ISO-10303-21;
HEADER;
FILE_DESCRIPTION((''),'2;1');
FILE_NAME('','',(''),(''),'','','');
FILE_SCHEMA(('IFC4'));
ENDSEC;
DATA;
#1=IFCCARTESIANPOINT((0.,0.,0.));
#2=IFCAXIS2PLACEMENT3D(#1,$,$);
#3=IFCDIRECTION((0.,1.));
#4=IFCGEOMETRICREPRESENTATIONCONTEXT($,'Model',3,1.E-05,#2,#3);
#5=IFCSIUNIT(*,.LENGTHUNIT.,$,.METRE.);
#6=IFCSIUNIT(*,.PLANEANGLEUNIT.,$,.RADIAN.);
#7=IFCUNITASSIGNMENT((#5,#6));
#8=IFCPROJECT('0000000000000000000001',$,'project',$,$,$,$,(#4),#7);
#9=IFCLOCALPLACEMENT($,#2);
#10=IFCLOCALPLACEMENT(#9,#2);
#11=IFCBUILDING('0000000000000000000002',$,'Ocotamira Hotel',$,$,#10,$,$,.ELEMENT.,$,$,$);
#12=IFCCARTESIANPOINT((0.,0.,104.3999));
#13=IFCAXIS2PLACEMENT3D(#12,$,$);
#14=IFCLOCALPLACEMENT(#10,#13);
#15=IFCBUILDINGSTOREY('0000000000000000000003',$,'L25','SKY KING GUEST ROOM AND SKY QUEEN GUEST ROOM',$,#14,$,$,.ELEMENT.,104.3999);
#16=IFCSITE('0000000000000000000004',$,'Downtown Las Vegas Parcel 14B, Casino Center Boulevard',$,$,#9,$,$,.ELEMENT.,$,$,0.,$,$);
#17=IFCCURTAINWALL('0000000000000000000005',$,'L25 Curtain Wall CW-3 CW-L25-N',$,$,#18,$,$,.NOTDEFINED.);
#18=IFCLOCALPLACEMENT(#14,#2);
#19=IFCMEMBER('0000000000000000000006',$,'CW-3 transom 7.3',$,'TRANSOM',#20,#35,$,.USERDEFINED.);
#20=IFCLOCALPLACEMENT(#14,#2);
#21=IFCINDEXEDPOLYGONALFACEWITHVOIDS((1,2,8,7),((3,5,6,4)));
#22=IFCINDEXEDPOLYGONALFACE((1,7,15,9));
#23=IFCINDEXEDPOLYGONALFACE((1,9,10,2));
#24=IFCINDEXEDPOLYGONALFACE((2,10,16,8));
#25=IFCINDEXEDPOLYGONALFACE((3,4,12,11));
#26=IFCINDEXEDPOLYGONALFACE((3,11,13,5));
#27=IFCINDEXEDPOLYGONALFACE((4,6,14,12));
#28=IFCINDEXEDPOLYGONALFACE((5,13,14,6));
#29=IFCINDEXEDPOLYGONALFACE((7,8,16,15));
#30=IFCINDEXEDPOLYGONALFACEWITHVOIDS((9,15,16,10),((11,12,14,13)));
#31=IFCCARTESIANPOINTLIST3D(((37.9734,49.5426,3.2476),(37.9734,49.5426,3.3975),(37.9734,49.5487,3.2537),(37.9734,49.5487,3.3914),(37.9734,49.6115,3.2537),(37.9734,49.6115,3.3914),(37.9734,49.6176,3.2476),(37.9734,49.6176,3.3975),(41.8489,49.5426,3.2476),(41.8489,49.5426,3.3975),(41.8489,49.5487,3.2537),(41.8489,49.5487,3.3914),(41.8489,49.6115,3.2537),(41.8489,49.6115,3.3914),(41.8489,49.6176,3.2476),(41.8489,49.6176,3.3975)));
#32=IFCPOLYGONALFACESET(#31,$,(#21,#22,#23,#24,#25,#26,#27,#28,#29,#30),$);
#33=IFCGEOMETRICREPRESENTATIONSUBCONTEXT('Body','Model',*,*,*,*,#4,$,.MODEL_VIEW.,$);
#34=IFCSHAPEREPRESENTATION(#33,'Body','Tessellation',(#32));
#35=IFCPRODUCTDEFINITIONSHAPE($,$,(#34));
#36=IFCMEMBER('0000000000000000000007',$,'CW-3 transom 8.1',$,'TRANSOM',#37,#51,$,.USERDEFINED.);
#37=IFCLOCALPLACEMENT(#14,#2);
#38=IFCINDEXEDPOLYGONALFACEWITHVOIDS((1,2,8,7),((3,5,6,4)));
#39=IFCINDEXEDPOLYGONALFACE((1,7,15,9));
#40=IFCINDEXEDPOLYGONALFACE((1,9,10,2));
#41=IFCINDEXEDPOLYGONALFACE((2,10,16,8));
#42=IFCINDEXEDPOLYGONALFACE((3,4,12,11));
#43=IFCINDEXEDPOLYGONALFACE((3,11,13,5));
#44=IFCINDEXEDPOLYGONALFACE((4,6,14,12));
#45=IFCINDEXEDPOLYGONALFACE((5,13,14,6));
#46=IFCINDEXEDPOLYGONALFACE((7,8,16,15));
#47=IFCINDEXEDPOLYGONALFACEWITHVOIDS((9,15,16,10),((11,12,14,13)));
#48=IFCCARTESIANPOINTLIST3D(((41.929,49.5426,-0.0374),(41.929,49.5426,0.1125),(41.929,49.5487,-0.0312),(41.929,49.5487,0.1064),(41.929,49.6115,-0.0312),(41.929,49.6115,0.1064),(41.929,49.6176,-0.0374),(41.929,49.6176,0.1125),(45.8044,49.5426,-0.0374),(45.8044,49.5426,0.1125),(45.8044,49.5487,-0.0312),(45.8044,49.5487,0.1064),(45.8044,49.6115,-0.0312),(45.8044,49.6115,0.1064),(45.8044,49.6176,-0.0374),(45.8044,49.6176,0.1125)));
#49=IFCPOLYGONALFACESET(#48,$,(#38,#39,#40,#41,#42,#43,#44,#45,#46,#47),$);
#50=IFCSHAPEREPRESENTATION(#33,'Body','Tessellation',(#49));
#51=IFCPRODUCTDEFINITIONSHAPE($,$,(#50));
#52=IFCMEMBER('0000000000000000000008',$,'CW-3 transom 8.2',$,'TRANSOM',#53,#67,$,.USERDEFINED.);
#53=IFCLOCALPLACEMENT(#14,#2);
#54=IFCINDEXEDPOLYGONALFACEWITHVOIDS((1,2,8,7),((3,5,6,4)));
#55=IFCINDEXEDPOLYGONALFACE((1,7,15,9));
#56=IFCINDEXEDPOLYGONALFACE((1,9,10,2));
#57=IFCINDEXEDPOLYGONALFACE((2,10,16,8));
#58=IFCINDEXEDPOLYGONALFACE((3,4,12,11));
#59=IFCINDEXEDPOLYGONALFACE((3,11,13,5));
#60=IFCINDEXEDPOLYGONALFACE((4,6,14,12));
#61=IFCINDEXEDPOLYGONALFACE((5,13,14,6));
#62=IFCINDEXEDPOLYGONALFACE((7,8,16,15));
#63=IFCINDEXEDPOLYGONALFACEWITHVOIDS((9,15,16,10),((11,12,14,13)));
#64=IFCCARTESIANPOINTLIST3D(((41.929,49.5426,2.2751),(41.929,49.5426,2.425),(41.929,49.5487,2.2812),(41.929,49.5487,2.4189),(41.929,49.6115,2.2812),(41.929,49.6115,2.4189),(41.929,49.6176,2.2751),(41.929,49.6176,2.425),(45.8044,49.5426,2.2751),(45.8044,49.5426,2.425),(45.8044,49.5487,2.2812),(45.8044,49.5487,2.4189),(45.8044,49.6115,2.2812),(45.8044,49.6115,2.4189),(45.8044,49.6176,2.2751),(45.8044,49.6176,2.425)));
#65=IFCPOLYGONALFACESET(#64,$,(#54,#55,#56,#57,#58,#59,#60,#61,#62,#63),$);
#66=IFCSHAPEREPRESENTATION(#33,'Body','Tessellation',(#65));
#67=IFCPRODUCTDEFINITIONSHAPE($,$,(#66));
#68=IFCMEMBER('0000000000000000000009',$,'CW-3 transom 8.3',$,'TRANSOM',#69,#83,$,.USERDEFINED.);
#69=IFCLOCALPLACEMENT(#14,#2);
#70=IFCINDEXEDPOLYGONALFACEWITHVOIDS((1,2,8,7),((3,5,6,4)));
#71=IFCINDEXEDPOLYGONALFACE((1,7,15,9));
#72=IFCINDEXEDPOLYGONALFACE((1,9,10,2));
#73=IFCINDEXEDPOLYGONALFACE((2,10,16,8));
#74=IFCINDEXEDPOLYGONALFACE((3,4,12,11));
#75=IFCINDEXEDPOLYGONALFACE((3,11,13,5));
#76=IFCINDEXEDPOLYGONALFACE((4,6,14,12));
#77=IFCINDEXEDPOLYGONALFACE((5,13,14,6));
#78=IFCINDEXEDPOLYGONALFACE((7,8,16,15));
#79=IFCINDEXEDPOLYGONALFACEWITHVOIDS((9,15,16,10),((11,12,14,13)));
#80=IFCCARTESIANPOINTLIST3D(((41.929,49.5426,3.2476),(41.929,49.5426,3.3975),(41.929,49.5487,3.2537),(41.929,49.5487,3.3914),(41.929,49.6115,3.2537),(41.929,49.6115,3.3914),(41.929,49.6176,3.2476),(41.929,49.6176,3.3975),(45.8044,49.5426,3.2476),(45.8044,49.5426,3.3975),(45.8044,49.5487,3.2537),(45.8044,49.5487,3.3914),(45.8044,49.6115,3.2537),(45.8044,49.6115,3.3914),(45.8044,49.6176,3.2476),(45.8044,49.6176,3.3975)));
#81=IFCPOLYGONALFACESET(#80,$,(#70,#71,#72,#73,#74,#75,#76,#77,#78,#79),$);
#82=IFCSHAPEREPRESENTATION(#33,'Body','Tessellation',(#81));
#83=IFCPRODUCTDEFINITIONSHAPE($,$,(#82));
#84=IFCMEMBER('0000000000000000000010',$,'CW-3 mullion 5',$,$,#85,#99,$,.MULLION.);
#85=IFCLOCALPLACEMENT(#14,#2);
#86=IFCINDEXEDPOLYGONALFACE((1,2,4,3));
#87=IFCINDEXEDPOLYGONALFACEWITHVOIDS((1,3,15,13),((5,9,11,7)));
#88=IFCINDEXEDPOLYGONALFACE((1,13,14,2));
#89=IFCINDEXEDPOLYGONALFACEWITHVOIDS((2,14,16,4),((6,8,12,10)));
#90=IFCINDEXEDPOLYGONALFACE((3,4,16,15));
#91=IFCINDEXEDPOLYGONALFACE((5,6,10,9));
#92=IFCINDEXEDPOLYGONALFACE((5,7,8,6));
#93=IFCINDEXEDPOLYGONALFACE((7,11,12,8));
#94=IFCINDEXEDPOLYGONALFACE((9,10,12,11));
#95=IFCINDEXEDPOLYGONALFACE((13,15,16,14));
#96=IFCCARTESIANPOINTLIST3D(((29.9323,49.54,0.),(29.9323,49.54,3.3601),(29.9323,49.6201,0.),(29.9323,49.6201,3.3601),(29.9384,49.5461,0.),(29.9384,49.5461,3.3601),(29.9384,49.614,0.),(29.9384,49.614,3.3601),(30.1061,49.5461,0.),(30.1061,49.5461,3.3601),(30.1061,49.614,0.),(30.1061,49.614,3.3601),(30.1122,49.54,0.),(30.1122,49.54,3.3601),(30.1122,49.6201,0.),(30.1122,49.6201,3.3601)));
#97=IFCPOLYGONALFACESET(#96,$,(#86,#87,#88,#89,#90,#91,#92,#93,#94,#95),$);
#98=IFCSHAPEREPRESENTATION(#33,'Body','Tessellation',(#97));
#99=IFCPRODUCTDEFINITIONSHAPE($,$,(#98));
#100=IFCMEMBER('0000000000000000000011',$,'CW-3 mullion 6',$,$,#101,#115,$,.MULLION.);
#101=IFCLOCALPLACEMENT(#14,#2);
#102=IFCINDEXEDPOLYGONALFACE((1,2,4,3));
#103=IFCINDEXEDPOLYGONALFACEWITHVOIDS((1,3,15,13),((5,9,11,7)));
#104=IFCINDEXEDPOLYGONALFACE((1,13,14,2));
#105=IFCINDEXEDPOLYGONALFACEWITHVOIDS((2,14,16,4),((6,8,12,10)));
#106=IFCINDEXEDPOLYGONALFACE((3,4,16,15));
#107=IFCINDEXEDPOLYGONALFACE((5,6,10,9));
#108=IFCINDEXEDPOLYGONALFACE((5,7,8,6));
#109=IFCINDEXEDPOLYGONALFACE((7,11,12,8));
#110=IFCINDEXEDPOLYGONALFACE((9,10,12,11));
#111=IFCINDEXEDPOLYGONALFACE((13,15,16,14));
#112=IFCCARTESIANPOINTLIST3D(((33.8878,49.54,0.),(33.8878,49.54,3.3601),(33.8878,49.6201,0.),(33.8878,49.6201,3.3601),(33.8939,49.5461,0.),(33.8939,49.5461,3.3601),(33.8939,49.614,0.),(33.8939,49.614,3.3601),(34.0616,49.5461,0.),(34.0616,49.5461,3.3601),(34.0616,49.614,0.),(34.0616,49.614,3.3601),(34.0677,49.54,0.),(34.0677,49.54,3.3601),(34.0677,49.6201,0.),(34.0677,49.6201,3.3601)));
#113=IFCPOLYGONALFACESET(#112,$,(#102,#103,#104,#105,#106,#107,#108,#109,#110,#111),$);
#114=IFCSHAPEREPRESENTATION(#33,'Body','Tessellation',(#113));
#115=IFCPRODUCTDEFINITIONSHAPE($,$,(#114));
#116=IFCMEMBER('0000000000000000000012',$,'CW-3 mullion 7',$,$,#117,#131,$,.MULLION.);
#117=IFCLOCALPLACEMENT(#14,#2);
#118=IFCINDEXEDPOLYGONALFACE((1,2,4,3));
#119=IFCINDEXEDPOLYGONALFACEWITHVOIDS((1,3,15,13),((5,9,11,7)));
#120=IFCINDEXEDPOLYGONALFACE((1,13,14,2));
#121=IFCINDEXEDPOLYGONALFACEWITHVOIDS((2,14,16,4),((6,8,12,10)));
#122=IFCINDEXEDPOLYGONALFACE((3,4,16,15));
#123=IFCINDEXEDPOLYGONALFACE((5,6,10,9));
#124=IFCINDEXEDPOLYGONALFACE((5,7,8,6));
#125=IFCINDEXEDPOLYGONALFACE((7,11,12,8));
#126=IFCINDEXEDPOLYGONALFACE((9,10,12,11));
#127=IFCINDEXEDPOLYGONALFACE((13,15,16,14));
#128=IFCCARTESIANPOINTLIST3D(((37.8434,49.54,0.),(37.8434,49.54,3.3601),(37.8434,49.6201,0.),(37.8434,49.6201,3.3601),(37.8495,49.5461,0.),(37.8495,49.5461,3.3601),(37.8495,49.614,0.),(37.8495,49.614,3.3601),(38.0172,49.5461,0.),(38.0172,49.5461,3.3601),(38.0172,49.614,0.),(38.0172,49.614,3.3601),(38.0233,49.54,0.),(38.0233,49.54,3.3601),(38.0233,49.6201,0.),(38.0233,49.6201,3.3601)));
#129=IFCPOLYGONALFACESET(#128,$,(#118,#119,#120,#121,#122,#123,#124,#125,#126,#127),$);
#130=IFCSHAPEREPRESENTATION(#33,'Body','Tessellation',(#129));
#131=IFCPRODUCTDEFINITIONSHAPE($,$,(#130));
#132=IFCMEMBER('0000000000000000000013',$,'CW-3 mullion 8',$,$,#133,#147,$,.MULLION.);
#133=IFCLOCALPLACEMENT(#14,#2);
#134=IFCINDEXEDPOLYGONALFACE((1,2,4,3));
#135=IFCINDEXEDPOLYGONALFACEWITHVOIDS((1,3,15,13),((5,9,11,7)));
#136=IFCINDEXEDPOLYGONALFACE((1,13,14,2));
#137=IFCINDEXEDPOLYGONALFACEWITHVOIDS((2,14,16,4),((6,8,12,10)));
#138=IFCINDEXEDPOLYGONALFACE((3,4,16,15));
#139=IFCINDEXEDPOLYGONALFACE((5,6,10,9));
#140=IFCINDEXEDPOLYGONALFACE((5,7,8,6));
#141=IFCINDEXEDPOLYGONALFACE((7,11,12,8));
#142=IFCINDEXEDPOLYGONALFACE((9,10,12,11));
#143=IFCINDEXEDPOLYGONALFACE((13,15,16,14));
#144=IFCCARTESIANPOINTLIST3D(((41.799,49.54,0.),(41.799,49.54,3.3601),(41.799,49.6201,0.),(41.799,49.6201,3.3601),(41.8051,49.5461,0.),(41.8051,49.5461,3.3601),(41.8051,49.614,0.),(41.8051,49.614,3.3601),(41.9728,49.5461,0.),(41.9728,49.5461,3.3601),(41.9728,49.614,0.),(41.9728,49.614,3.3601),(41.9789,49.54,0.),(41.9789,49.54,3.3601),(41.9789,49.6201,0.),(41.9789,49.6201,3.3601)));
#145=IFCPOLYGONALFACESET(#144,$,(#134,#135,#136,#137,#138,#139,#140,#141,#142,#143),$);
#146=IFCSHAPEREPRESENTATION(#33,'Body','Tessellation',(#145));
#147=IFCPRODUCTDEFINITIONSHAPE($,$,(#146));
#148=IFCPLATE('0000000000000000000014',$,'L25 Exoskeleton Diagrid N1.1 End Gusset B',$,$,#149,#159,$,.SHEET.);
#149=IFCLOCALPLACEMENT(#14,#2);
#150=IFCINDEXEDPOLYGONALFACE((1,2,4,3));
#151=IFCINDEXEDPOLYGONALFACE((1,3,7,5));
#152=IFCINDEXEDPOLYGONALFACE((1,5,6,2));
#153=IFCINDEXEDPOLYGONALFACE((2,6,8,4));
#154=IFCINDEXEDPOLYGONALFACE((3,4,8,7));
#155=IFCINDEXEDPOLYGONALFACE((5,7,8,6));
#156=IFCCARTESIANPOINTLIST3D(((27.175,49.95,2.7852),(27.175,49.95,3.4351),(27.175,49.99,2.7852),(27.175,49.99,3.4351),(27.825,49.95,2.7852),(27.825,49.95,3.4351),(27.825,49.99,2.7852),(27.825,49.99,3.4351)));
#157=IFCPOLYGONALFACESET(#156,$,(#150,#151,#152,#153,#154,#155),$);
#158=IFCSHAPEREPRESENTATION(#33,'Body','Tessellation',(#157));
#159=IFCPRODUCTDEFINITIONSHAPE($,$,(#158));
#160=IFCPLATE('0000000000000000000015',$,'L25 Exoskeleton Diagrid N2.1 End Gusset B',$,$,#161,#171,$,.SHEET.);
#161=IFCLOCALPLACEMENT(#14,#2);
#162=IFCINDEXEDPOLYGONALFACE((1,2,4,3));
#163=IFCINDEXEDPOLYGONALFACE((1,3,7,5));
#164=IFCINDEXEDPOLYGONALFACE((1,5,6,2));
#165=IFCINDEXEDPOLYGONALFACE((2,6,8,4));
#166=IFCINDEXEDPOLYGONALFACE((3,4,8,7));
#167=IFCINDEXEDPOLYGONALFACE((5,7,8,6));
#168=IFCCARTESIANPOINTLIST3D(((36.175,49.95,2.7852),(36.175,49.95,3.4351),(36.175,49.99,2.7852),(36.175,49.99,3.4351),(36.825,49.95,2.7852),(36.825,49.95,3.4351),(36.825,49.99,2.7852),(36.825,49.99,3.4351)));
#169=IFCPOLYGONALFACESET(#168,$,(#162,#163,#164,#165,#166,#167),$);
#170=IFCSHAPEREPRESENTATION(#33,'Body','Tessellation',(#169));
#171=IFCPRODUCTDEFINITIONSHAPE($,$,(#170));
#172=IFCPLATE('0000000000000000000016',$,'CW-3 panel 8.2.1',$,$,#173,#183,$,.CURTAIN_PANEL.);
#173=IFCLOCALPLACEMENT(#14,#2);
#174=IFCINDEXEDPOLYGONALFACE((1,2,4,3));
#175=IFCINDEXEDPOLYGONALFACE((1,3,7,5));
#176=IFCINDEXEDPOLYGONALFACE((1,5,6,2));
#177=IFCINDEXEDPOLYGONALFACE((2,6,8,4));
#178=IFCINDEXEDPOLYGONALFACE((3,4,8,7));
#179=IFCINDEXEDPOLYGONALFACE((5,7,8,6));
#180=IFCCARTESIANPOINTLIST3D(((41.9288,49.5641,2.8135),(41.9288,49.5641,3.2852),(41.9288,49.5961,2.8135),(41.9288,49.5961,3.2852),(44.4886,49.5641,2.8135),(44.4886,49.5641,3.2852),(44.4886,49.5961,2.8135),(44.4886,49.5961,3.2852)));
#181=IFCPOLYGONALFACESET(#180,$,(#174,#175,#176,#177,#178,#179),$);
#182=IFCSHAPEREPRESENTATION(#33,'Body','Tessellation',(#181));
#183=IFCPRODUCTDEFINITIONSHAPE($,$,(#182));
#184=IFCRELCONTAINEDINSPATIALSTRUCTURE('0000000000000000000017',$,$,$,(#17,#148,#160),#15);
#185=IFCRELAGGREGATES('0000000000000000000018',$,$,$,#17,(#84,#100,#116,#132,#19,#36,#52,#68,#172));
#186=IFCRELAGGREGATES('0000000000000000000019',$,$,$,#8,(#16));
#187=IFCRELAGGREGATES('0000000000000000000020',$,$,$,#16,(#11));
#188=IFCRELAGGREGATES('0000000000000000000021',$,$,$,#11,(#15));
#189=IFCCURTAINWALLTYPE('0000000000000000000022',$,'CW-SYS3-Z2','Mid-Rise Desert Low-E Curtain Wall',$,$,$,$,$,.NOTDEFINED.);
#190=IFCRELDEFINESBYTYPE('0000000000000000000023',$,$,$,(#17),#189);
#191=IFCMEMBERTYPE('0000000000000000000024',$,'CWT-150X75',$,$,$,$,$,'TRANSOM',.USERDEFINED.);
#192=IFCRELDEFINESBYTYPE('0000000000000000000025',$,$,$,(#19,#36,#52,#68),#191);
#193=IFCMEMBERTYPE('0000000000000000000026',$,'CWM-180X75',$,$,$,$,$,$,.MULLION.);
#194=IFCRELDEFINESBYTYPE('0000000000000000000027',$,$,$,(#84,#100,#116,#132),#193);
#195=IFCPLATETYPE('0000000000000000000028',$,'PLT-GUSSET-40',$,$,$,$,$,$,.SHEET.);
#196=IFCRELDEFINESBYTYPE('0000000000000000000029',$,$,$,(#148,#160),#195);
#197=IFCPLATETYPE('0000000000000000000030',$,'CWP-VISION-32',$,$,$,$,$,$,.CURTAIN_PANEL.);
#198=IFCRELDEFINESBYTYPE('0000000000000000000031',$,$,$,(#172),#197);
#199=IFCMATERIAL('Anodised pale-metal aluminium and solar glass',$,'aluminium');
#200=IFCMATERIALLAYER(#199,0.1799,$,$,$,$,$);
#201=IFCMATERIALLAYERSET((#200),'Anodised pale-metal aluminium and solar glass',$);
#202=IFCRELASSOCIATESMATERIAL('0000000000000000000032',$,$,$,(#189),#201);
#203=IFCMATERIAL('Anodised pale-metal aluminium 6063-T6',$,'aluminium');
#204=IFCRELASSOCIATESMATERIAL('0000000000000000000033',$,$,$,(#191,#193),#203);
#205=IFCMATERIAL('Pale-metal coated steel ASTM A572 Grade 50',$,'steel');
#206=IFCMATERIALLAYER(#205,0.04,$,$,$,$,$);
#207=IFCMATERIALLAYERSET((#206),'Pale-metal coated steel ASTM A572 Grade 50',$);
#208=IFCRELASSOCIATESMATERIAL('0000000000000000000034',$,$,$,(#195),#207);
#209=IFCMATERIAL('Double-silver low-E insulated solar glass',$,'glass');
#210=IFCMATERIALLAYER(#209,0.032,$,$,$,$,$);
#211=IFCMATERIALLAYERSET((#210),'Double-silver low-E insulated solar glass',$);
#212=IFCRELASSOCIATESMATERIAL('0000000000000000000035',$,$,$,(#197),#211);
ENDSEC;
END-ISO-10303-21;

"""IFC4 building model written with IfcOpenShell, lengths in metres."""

from ifc_helpers import new_model, si_unit, direction, frame, origin, origin_2d, place, context, subcontext, project, spatial, rectangle, hollow_rectangle, extrude, source, transform, mapped, material, layer, layer_set, material_profile, profile_set, type_object, element, aggregate, save


model = new_model("IFC4")

# Units and contexts
model_context = context("Model", 3, precision=1e-05, world=origin(), true_north=direction((0.0, 1.0)))
body_context = subcontext(model_context, "Body", "Model", "MODEL_VIEW")
ifc_project = project(units=[si_unit("LENGTHUNIT", "METRE"), si_unit("PLANEANGLEUNIT", "RADIAN")], contexts=[model_context])

# Site, building, storey
site_placement = place(None, origin())
site = spatial("IfcSite", under=ifc_project, at=site_placement, Name="Downtown Las Vegas Parcel 14B, Casino Center Boulevard", CompositionType="ELEMENT", RefElevation=0.0)
building_placement = place(site_placement, origin())
building = spatial("IfcBuilding", under=site, at=building_placement, Name="Ocotamira Hotel", CompositionType="ELEMENT")
storey_placement = place(building_placement, frame((0.0, 0.0, 104.3999)))
storey = spatial("IfcBuildingStorey", under=building, at=storey_placement, Name="L25", Description="SKY KING GUEST ROOM AND SKY QUEEN GUEST ROOM", CompositionType="ELEMENT", Elevation=104.3999)

# Curtain wall, members
ifc_material_1 = material(Name="Anodised pale-metal aluminium and solar glass", Category="aluminium")
ifc_layer_1 = layer(ifc_material_1, 0.1799)
ifc_layer_set_1 = layer_set([ifc_layer_1], Name="Anodised pale-metal aluminium and solar glass")
curtain_wall_type = type_object("IfcCurtainWallType", Name="CW-SYS3-Z2", Description="Mid-Rise Desert Low-E Curtain Wall", PredefinedType="NOTDEFINED", material=ifc_layer_set_1)
curtain_wall_placement = place(storey_placement, origin())
curtain_wall = element("IfcCurtainWall", 1, at=curtain_wall_placement, inside=storey, type_object=curtain_wall_type, Name="L25 Curtain Wall CW-3 CW-L25-N", PredefinedType="NOTDEFINED")
ifc_material_2 = material(Name="Anodised pale-metal aluminium 6063-T6", Category="aluminium")
ifc_material_profile_1 = material_profile(ifc_material_2, hollow_rectangle(XDim=0.075, YDim=0.1499, WallThickness=0.0061, at=origin_2d()), Name="HSS150X75X6")
ifc_profile_set_1 = profile_set([ifc_material_profile_1], Name="Anodised pale-metal aluminium 6063-T6")
member_type_1 = type_object("IfcMemberType", Name="CWT-150X75", ElementType="TRANSOM", PredefinedType="USERDEFINED", material=ifc_profile_set_1)
shared_shape_1 = source(origin(), body_context, "Body", "SweptSolid", [
    extrude(hollow_rectangle(XDim=0.075, YDim=0.1499, WallThickness=0.0061, at=origin_2d()), origin(), (0.0, 0.0, 1.0), 3.8755),
])
member_1_placement = place(storey_placement, frame((37.9734, 49.5801, 3.3225), z_axis=(1.0, 0.0, 0.0), x_axis=(0.0, 1.0, 0.0)))
member_1 = element("IfcMember", 2, at=member_1_placement, type_object=member_type_1, Name="CW-3 transom 7.3", ObjectType="TRANSOM", PredefinedType="USERDEFINED", context=body_context, shape_type="MappedRepresentation", body=[
    mapped(shared_shape_1, transform((0.0, 0.0, 0.0), scale=1.0)),
])
member_2_placement = place(storey_placement, frame((41.929, 49.5801, 0.0376), z_axis=(1.0, 0.0, 0.0), x_axis=(0.0, 1.0, 0.0)))
member_2 = element("IfcMember", 3, at=member_2_placement, type_object=member_type_1, Name="CW-3 transom 8.1", ObjectType="TRANSOM", PredefinedType="USERDEFINED", context=body_context, shape_type="MappedRepresentation", body=[
    mapped(shared_shape_1, transform((0.0, 0.0, 0.0), scale=1.0)),
])
member_3_placement = place(storey_placement, frame((41.929, 49.5801, 2.3501), z_axis=(1.0, 0.0, 0.0), x_axis=(0.0, 1.0, 0.0)))
member_3 = element("IfcMember", 4, at=member_3_placement, type_object=member_type_1, Name="CW-3 transom 8.2", ObjectType="TRANSOM", PredefinedType="USERDEFINED", context=body_context, shape_type="MappedRepresentation", body=[
    mapped(shared_shape_1, transform((0.0, 0.0, 0.0), scale=1.0)),
])
member_4_placement = place(storey_placement, frame((41.929, 49.5801, 3.3225), z_axis=(1.0, 0.0, 0.0), x_axis=(0.0, 1.0, 0.0)))
member_4 = element("IfcMember", 5, at=member_4_placement, type_object=member_type_1, Name="CW-3 transom 8.3", ObjectType="TRANSOM", PredefinedType="USERDEFINED", context=body_context, shape_type="MappedRepresentation", body=[
    mapped(shared_shape_1, transform((0.0, 0.0, 0.0), scale=1.0)),
])
ifc_material_profile_2 = material_profile(ifc_material_2, hollow_rectangle(XDim=0.0801, YDim=0.1799, WallThickness=0.0061, at=origin_2d()), Name="HSS180X80X6")
ifc_profile_set_2 = profile_set([ifc_material_profile_2], Name="Anodised pale-metal aluminium 6063-T6")
member_type_2 = type_object("IfcMemberType", Name="CWM-180X75", PredefinedType="MULLION", material=ifc_profile_set_2)
shared_shape_2 = source(origin(), body_context, "Body", "SweptSolid", [
    extrude(hollow_rectangle(XDim=0.0801, YDim=0.1799, WallThickness=0.0061, at=origin_2d()), origin(), (0.0, 0.0, 1.0), 3.3601),
])
member_5_placement = place(storey_placement, frame((30.0222, 49.5801, 0.0), z_axis=(0.0, 0.0, 1.0), x_axis=(0.0, 1.0, 0.0)))
member_5 = element("IfcMember", 6, at=member_5_placement, type_object=member_type_2, Name="CW-3 mullion 5", PredefinedType="MULLION", context=body_context, shape_type="MappedRepresentation", body=[
    mapped(shared_shape_2, transform((0.0, 0.0, 0.0), scale=1.0)),
])
member_6_placement = place(storey_placement, frame((33.9778, 49.5801, 0.0), z_axis=(0.0, 0.0, 1.0), x_axis=(0.0, 1.0, 0.0)))
member_6 = element("IfcMember", 7, at=member_6_placement, type_object=member_type_2, Name="CW-3 mullion 6", PredefinedType="MULLION", context=body_context, shape_type="MappedRepresentation", body=[
    mapped(shared_shape_2, transform((0.0, 0.0, 0.0), scale=1.0)),
])
member_7_placement = place(storey_placement, frame((37.9333, 49.5801, 0.0), z_axis=(0.0, 0.0, 1.0), x_axis=(0.0, 1.0, 0.0)))
member_7 = element("IfcMember", 8, at=member_7_placement, type_object=member_type_2, Name="CW-3 mullion 7", PredefinedType="MULLION", context=body_context, shape_type="MappedRepresentation", body=[
    mapped(shared_shape_2, transform((0.0, 0.0, 0.0), scale=1.0)),
])
member_8_placement = place(storey_placement, frame((41.8889, 49.5801, 0.0), z_axis=(0.0, 0.0, 1.0), x_axis=(0.0, 1.0, 0.0)))
member_8 = element("IfcMember", 9, at=member_8_placement, type_object=member_type_2, Name="CW-3 mullion 8", PredefinedType="MULLION", context=body_context, shape_type="MappedRepresentation", body=[
    mapped(shared_shape_2, transform((0.0, 0.0, 0.0), scale=1.0)),
])

# Plates
ifc_material_3 = material(Name="Pale-metal coated steel ASTM A572 Grade 50", Category="steel")
ifc_layer_2 = layer(ifc_material_3, 0.04)
ifc_layer_set_2 = layer_set([ifc_layer_2], Name="Pale-metal coated steel ASTM A572 Grade 50")
plate_type_1 = type_object("IfcPlateType", Name="PLT-GUSSET-40", PredefinedType="SHEET", material=ifc_layer_set_2)
shared_shape_3 = source(origin(), body_context, "Body", "SweptSolid", [
    extrude(rectangle(XDim=0.6499, YDim=0.04, at=origin_2d()), origin(), (0.0, 0.0, 1.0), 0.6499),
])
for number, where, z_axis, x_axis, name in (
    (10, (27.5, 49.97, 2.7852), (0.0, 0.0, 1.0), (1.0, 0.0, 0.0), "L25 Exoskeleton Diagrid N1.1 End Gusset B"),
    (11, (36.5, 49.97, 2.7852), (0.0, 0.0, 1.0), (1.0, 0.0, 0.0), "L25 Exoskeleton Diagrid N2.1 End Gusset B"),
):
    element("IfcPlate", number, at=place(storey_placement, frame(where, z_axis=z_axis, x_axis=x_axis)), inside=storey, type_object=plate_type_1, Name=name, PredefinedType="SHEET", context=body_context, shape_type="MappedRepresentation", body=[
        mapped(shared_shape_3, transform((0.0, 0.0, 0.0), scale=1.0)),
    ])

# Plate
ifc_material_4 = material(Name="Double-silver low-E insulated solar glass", Category="glass")
ifc_layer_3 = layer(ifc_material_4, 0.032)
ifc_layer_set_3 = layer_set([ifc_layer_3], Name="Double-silver low-E insulated solar glass")
plate_type_2 = type_object("IfcPlateType", Name="CWP-VISION-32", PredefinedType="CURTAIN_PANEL", material=ifc_layer_set_3)
shared_shape_4 = source(origin(), body_context, "Body", "SweptSolid", [
    extrude(rectangle(XDim=2.5598, YDim=0.032, at=origin_2d()), origin(), (0.0, 0.0, 1.0), 0.4717),
])
plate_1_placement = place(storey_placement, frame((43.2087, 49.5801, 2.8135), z_axis=(0.0, 0.0, 1.0), x_axis=(1.0, 0.0, 0.0)))
plate_1 = element("IfcPlate", 12, at=plate_1_placement, type_object=plate_type_2, Name="CW-3 panel 8.2.1", PredefinedType="CURTAIN_PANEL", context=body_context, shape_type="MappedRepresentation", body=[
    mapped(shared_shape_4, transform((0.0, 0.0, 0.0), scale=1.0)),
])
aggregate(curtain_wall, [member_5, member_6, member_7, member_8, member_1, member_2, member_3, member_4, plate_1])

save(model, "model.ifc")
